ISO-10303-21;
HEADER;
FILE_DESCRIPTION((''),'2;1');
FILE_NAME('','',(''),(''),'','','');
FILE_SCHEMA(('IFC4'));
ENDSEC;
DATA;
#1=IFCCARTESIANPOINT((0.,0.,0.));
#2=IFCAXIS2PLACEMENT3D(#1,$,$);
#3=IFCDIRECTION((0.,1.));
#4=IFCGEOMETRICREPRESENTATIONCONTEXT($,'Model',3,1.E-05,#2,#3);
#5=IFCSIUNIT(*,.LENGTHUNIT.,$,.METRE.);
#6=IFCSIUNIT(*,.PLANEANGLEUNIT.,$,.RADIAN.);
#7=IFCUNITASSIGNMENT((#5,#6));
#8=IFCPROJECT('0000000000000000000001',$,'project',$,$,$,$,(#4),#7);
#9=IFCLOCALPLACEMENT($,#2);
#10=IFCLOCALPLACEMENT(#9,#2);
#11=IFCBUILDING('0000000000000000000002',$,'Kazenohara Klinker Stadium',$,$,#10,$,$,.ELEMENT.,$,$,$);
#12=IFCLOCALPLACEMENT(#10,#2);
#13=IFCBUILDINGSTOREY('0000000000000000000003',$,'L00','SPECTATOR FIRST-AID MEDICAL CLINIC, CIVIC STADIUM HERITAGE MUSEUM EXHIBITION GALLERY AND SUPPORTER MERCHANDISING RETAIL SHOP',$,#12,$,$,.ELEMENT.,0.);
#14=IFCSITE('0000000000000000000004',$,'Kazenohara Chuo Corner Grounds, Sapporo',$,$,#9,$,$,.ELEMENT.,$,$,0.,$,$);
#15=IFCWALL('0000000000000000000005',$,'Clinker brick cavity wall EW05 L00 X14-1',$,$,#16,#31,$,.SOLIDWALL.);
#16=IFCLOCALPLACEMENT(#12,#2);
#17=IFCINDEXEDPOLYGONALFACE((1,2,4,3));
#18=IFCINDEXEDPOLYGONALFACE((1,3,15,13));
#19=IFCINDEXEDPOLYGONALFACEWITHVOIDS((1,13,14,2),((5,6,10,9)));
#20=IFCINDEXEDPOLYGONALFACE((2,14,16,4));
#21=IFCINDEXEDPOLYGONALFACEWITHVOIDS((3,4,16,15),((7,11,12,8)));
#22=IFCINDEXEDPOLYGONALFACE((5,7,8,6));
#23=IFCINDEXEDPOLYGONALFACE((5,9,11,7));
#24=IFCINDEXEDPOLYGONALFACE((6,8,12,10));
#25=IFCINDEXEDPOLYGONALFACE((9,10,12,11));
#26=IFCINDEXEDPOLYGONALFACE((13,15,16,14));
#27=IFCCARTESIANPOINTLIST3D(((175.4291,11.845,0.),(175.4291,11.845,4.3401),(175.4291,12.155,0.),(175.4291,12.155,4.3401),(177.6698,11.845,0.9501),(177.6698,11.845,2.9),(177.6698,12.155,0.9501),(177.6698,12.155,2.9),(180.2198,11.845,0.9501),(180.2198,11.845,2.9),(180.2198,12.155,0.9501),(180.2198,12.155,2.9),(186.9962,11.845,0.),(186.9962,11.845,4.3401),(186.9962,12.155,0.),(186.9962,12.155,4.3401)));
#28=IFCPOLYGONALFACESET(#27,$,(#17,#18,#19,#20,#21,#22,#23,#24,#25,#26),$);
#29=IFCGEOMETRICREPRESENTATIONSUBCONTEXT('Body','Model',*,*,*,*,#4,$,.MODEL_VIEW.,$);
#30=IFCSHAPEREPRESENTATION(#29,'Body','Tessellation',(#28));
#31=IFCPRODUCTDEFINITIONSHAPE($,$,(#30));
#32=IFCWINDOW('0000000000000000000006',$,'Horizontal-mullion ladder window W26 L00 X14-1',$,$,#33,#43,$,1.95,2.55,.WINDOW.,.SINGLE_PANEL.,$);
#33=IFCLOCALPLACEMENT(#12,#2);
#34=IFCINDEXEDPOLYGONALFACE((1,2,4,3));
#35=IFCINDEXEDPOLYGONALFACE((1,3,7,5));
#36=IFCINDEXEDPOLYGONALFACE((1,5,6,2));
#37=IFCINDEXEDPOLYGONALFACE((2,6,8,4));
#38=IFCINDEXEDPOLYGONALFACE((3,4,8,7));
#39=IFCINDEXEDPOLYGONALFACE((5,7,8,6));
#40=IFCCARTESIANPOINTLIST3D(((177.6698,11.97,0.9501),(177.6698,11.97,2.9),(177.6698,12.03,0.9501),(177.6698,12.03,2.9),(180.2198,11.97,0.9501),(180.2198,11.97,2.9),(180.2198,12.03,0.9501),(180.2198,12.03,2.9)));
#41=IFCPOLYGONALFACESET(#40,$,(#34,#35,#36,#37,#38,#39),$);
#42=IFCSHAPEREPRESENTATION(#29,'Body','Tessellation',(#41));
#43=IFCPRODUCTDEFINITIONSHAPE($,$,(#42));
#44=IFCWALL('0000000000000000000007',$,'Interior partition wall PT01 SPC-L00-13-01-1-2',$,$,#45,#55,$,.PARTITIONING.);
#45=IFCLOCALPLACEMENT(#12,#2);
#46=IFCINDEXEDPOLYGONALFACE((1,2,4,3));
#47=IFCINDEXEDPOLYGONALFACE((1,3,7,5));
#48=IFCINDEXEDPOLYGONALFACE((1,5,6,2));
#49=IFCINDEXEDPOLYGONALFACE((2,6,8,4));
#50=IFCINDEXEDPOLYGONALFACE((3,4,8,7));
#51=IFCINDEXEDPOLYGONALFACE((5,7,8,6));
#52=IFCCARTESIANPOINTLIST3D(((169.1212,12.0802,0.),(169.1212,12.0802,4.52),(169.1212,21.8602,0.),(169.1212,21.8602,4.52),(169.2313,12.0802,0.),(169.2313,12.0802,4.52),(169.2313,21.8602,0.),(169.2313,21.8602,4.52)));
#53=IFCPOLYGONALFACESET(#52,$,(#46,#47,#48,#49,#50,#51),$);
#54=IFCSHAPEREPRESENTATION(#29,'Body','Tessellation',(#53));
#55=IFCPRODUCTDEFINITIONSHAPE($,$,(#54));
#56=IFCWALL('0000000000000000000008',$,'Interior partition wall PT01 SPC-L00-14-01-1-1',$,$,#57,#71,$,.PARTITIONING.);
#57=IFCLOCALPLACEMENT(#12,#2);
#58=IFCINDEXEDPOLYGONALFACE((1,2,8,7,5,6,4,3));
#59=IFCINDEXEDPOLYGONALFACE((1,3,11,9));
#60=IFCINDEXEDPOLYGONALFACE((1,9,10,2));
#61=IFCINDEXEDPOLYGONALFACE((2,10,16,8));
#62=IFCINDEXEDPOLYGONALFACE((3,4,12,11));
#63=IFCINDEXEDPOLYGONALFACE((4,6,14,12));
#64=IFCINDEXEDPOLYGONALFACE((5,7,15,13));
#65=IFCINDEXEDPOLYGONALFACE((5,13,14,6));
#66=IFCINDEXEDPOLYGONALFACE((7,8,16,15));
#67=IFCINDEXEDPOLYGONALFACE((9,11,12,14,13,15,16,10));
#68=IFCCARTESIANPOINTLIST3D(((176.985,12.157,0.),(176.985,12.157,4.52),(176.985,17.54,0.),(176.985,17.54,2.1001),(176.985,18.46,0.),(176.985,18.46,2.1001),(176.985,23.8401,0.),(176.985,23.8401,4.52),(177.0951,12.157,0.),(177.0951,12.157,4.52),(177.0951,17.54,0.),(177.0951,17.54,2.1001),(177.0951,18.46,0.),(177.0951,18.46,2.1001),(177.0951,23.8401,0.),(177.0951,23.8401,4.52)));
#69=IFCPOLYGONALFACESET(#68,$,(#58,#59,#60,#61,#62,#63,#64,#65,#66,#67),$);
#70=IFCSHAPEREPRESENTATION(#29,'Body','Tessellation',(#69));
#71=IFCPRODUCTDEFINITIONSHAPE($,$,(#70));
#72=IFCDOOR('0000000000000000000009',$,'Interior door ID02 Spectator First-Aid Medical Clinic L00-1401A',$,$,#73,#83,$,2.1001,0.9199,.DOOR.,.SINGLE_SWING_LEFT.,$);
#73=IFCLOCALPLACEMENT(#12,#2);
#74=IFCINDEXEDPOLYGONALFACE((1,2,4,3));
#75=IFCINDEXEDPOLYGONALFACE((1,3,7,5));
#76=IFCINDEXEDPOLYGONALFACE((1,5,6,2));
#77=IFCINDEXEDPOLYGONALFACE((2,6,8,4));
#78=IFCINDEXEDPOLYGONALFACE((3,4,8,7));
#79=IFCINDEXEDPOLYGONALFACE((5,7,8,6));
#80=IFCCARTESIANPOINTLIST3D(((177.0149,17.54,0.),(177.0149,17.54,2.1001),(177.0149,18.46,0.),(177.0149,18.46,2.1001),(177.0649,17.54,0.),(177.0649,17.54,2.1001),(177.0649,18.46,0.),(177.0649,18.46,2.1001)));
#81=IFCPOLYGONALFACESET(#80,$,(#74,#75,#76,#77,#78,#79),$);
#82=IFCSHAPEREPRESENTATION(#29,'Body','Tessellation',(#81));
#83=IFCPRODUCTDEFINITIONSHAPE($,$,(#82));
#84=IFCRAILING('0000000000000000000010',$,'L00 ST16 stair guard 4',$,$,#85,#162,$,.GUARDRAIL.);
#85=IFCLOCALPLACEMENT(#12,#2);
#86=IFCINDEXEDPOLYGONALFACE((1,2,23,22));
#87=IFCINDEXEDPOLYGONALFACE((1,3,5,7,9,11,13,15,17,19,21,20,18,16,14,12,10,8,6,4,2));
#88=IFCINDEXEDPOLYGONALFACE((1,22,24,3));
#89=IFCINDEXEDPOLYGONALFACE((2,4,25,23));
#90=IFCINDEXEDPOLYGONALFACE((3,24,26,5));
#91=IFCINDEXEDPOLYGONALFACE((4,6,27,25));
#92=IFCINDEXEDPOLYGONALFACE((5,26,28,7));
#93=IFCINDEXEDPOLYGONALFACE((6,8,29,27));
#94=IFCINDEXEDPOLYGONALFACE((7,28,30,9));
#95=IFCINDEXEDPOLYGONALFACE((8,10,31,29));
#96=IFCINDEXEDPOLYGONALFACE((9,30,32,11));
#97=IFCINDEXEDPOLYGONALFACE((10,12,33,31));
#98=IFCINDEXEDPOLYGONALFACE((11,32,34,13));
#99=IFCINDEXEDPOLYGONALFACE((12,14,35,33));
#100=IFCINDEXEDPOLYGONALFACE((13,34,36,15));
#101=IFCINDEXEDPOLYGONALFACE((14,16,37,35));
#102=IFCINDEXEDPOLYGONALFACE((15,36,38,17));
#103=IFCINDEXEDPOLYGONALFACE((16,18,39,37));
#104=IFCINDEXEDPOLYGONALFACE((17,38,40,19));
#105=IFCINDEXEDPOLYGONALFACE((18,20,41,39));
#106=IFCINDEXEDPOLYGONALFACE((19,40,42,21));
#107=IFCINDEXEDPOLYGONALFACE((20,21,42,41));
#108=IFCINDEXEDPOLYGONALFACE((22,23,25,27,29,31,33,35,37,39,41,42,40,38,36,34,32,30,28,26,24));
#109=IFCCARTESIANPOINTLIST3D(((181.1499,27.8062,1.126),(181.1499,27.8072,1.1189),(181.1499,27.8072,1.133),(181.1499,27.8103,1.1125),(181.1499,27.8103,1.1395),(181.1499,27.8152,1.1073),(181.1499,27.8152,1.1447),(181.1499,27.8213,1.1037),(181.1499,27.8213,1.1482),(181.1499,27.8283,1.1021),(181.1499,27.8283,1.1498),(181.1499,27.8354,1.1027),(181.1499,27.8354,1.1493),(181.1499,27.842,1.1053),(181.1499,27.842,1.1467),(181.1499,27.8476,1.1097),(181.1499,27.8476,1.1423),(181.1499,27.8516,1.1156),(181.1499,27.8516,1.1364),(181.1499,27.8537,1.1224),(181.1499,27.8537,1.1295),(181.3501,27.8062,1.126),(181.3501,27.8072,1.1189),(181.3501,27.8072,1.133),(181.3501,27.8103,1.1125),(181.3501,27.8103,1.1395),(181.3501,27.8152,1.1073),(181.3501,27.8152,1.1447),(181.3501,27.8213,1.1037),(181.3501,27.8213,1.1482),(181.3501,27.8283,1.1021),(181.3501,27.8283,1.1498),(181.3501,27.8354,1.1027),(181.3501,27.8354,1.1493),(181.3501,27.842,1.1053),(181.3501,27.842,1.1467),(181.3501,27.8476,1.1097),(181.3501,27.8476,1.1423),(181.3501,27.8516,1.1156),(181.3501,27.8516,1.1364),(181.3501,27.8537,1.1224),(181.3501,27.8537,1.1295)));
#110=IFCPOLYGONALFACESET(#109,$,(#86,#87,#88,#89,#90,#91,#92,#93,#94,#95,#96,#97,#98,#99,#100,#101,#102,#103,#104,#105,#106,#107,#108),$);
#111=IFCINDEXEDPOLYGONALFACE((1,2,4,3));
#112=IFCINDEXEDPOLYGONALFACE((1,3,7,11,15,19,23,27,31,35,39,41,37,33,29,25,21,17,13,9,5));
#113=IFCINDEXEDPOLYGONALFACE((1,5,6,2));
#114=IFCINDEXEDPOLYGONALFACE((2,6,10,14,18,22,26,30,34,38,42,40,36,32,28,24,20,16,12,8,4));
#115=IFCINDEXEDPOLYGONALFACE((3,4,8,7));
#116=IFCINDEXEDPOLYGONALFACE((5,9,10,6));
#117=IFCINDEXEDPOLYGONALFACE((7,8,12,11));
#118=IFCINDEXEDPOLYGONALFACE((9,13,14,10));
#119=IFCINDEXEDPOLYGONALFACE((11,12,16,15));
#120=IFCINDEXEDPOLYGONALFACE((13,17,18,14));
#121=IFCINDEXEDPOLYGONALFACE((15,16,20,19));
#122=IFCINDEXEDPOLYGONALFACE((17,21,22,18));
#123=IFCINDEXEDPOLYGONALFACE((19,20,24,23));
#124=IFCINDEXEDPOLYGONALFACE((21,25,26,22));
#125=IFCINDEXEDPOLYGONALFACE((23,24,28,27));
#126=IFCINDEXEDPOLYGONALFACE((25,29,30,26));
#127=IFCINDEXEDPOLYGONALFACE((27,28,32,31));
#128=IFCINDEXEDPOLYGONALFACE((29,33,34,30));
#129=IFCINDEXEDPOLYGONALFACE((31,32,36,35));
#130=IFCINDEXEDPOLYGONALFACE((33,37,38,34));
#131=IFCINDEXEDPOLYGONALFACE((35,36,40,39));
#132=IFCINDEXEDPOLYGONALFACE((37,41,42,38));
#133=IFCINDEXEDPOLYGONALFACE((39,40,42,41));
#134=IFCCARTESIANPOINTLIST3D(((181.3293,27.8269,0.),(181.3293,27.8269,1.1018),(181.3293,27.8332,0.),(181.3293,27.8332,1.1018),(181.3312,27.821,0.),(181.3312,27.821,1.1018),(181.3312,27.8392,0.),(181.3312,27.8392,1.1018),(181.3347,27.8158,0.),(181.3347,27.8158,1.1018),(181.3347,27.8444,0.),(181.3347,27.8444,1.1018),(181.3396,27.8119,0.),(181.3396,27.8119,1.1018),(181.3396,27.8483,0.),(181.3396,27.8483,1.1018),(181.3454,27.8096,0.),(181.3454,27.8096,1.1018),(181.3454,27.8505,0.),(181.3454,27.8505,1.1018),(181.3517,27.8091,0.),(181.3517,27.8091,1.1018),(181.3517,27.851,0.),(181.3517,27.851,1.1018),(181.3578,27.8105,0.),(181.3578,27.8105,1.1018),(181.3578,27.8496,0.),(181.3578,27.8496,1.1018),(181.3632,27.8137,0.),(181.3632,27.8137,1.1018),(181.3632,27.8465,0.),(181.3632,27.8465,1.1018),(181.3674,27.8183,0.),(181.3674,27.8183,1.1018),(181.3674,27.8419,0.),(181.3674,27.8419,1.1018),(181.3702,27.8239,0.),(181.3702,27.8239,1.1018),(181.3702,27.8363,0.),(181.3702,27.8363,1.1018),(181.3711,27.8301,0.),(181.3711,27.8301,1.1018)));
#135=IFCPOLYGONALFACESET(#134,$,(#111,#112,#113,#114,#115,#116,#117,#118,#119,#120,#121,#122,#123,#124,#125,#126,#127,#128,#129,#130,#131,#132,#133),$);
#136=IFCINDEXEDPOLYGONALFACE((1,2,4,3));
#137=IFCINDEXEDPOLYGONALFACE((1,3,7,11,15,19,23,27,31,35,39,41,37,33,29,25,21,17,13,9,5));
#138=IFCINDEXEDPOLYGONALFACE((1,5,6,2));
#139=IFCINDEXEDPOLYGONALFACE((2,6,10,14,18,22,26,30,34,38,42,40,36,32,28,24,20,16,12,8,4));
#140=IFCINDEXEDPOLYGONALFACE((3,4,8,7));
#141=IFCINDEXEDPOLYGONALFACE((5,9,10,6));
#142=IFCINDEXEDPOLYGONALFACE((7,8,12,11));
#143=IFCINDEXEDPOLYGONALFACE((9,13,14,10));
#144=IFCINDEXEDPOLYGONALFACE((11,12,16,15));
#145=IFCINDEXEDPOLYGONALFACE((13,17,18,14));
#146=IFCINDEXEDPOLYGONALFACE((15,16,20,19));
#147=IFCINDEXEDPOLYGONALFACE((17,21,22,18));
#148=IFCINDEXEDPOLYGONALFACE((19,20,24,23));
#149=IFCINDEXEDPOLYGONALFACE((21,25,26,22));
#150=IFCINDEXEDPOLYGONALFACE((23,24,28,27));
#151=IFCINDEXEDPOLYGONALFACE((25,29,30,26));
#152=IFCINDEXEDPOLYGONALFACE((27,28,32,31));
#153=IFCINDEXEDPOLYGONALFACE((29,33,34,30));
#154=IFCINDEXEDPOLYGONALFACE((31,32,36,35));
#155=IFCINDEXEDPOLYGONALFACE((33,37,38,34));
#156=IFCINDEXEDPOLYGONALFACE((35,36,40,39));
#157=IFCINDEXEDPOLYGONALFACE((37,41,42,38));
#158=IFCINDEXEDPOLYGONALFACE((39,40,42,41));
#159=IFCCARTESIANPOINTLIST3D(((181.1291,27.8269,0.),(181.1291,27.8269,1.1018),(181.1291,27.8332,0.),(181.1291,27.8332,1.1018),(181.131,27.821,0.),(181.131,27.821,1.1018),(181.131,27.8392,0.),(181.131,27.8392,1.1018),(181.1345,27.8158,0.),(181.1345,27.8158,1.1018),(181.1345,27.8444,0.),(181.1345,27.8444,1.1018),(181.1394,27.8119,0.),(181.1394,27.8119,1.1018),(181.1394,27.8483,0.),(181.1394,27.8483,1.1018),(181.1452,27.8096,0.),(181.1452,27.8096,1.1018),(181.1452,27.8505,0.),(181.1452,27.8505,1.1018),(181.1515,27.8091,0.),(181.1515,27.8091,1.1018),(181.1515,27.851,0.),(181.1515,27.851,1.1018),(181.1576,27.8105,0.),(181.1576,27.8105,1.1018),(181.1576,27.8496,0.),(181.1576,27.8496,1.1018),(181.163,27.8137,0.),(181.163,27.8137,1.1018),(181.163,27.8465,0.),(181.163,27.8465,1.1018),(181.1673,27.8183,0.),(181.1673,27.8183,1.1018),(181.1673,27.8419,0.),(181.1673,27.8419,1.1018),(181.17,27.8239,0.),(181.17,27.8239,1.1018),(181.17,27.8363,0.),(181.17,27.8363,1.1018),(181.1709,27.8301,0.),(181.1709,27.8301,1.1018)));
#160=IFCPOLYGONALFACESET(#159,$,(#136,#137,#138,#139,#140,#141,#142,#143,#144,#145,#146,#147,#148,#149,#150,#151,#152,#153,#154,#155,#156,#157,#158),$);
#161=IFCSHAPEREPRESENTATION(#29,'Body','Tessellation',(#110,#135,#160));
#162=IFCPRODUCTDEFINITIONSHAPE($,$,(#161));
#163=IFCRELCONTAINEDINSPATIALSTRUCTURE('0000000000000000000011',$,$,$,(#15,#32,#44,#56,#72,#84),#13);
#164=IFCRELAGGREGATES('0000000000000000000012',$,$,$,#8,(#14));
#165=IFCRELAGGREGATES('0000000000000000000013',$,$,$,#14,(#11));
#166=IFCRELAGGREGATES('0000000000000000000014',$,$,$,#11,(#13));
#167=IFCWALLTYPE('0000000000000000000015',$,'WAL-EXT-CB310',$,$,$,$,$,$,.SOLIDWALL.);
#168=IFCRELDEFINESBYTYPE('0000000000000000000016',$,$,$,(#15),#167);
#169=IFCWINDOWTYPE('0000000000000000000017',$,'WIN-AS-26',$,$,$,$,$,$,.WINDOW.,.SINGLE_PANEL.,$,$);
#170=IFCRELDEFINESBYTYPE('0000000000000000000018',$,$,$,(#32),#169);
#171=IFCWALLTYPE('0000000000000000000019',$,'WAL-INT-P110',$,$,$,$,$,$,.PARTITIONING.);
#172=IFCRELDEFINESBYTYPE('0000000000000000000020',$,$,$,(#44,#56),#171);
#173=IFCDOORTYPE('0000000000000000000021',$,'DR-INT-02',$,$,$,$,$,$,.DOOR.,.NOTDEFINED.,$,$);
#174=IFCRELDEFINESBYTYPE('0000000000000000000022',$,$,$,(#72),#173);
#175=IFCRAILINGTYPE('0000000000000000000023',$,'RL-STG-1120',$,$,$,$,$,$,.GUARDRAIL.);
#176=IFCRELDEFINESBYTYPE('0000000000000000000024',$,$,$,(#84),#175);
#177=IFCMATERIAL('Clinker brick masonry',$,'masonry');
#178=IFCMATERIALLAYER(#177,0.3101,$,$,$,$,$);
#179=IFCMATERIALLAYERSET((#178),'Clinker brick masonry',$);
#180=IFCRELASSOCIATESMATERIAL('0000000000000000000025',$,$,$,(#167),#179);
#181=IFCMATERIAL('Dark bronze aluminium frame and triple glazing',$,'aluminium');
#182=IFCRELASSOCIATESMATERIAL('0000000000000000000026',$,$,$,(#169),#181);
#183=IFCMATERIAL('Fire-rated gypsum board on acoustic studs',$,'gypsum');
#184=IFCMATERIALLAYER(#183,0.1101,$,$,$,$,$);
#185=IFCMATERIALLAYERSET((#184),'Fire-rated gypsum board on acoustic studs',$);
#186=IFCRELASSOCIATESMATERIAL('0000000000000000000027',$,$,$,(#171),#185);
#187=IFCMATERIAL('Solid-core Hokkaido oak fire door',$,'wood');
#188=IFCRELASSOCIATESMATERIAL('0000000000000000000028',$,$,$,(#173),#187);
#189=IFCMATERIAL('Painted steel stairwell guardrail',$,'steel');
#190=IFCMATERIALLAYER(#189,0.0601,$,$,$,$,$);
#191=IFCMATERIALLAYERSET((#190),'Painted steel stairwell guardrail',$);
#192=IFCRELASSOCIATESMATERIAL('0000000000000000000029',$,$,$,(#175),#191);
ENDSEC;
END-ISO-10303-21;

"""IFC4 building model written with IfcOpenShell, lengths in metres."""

from ifc_helpers import new_model, si_unit, direction, frame, frame_2d, origin, origin_2d, place, context, subcontext, project, spatial, rectangle, circle, extrude, material, layer, layer_set, type_object, element, fill, save


model = new_model("IFC4")

# Units and contexts
model_context = context("Model", 3, precision=1e-05, world=origin(), true_north=direction((0.0, 1.0)))
body_context = subcontext(model_context, "Body", "Model", "MODEL_VIEW")
ifc_project = project(units=[si_unit("LENGTHUNIT", "METRE"), si_unit("PLANEANGLEUNIT", "RADIAN")], contexts=[model_context])

# Site, building, storey
site_placement = place(None, origin())
site = spatial("IfcSite", under=ifc_project, at=site_placement, Name="Kazenohara Chuo Corner Grounds, Sapporo", CompositionType="ELEMENT", RefElevation=0.0)
building_placement = place(site_placement, origin())
building = spatial("IfcBuilding", under=site, at=building_placement, Name="Kazenohara Klinker Stadium", CompositionType="ELEMENT")
storey_placement = place(building_placement, origin())
storey = spatial("IfcBuildingStorey", under=building, at=storey_placement, Name="L00", Description="SPECTATOR FIRST-AID MEDICAL CLINIC, CIVIC STADIUM HERITAGE MUSEUM EXHIBITION GALLERY AND SUPPORTER MERCHANDISING RETAIL SHOP", CompositionType="ELEMENT", Elevation=0.0)

# Wall, opening, window
ifc_material_1 = material(Name="Clinker brick masonry", Category="masonry")
ifc_material_2 = material(Name="Dark bronze aluminium frame and triple glazing", Category="aluminium")
ifc_layer_1 = layer(ifc_material_1, 0.3101)
ifc_layer_set_1 = layer_set([ifc_layer_1], Name="Clinker brick masonry")
wall_type_1 = type_object("IfcWallType", Name="WAL-EXT-CB310", PredefinedType="SOLIDWALL", material=ifc_layer_set_1)
wall_1_placement = place(storey_placement, frame((175.429, 12.0, 0.0), z_axis=(0.0, 0.0, 1.0), x_axis=(1.0, 0.0, 0.0)))
wall_1 = element("IfcWall", 1, at=wall_1_placement, inside=storey, type_object=wall_type_1, Name="Clinker brick cavity wall EW05 L00 X14-1", PredefinedType="SOLIDWALL", context=body_context, shape_type="SweptSolid", body=[
    extrude(rectangle(XDim=11.5671, YDim=0.3101, at=frame_2d((5.7837, 0.0))), origin(), (0.0, 0.0, 1.0), 4.3401),
])
opening_1_placement = place(wall_1_placement, frame((2.241, 0.0, 0.95)))
opening_1 = element("IfcOpeningElement", 2, at=opening_1_placement, cuts=wall_1, PredefinedType="OPENING", context=body_context, shape_type="SweptSolid", body=[
    extrude(rectangle(XDim=2.55, YDim=1.95, at=frame_2d((1.2749, 0.9751))), frame((0.0, 0.165, 0.0), z_axis=(0.0, -1.0, 0.0), x_axis=(1.0, 0.0, 0.0)), (0.0, 0.0, 1.0), 0.3301),
])
window_type_1 = type_object("IfcWindowType", Name="WIN-AS-26", PartitioningType="SINGLE_PANEL", PredefinedType="WINDOW", material=ifc_material_2)
window_1_placement = place(opening_1_placement, origin())
window_1 = element("IfcWindow", 3, at=window_1_placement, inside=storey, type_object=window_type_1, Name="Horizontal-mullion ladder window W26 L00 X14-1", OverallHeight=1.95, OverallWidth=2.55, PartitioningType="SINGLE_PANEL", PredefinedType="WINDOW", context=body_context, shape_type="SweptSolid", body=[
    extrude(rectangle(XDim=2.55, YDim=1.95, at=frame_2d((1.2749, 0.9751))), frame((0.0, 0.03, 0.0), z_axis=(0.0, -1.0, 0.0), x_axis=(1.0, 0.0, 0.0)), (0.0, 0.0, 1.0), 0.0601),
])
fill(opening_1, window_1)

# Wall
ifc_material_3 = material(Name="Fire-rated gypsum board on acoustic studs", Category="gypsum")
ifc_layer_2 = layer(ifc_material_3, 0.1101)
ifc_layer_set_2 = layer_set([ifc_layer_2], Name="Fire-rated gypsum board on acoustic studs")
wall_type_2 = type_object("IfcWallType", Name="WAL-INT-P110", PredefinedType="PARTITIONING", material=ifc_layer_set_2)
wall_2_placement = place(storey_placement, frame((169.1763, 12.0801, 0.0), z_axis=(0.0, 0.0, 1.0), x_axis=(0.0, 1.0, 0.0)))
element("IfcWall", 4, at=wall_2_placement, inside=storey, type_object=wall_type_2, Name="Interior partition wall PT01 SPC-L00-13-01-1-2", PredefinedType="PARTITIONING", context=body_context, shape_type="SweptSolid", body=[
    extrude(rectangle(XDim=9.78, YDim=0.1101, at=frame_2d((4.8901, 0.0))), origin(), (0.0, 0.0, 1.0), 4.52),
])

# Wall, opening, door
wall_3_placement = place(storey_placement, frame((177.04, 12.157, 0.0), z_axis=(0.0, 0.0, 1.0), x_axis=(0.0, 1.0, 0.0)))
wall_3 = element("IfcWall", 5, at=wall_3_placement, inside=storey, type_object=wall_type_2, Name="Interior partition wall PT01 SPC-L00-14-01-1-1", PredefinedType="PARTITIONING", context=body_context, shape_type="SweptSolid", body=[
    extrude(rectangle(XDim=11.6831, YDim=0.1101, at=frame_2d((5.8416, 0.0))), origin(), (0.0, 0.0, 1.0), 4.52),
])
opening_2_placement = place(wall_3_placement, frame((6.303, 0.0, 0.0), z_axis=(0.0, 0.0, 1.0), x_axis=(-1.0, 0.0, 0.0)))
opening_2 = element("IfcOpeningElement", 6, at=opening_2_placement, cuts=wall_3, PredefinedType="OPENING", context=body_context, shape_type="SweptSolid", body=[
    extrude(rectangle(XDim=0.9199, YDim=2.1001, at=frame_2d((0.46, 1.05))), frame((0.0, 0.0649, 0.0), z_axis=(0.0, -1.0, 0.0), x_axis=(1.0, 0.0, 0.0)), (0.0, 0.0, 1.0), 0.1301),
])
ifc_material_4 = material(Name="Solid-core Hokkaido oak fire door", Category="wood")
door_type_1 = type_object("IfcDoorType", Name="DR-INT-02", OperationType="NOTDEFINED", PredefinedType="DOOR", material=ifc_material_4)
door_1_placement = place(opening_2_placement, origin())
door_1 = element("IfcDoor", 7, at=door_1_placement, inside=storey, type_object=door_type_1, Name="Interior door ID02 Spectator First-Aid Medical Clinic L00-1401A", OperationType="SINGLE_SWING_LEFT", OverallHeight=2.1001, OverallWidth=0.9199, PredefinedType="DOOR", context=body_context, shape_type="SweptSolid", body=[
    extrude(rectangle(XDim=0.9199, YDim=2.1001, at=frame_2d((0.46, 1.05))), frame((0.0, 0.0249, 0.0), z_axis=(0.0, -1.0, 0.0), x_axis=(1.0, 0.0, 0.0)), (0.0, 0.0, 1.0), 0.05),
])
fill(opening_2, door_1)

# Railing
ifc_material_5 = material(Name="Painted steel stairwell guardrail", Category="steel")
ifc_layer_3 = layer(ifc_material_5, 0.0601)
ifc_layer_set_3 = layer_set([ifc_layer_3], Name="Painted steel stairwell guardrail")
railing_type = type_object("IfcRailingType", Name="RL-STG-1120", PredefinedType="GUARDRAIL", material=ifc_layer_set_3)
railing_placement = place(storey_placement, frame((181.3501, 27.8301, 0.0)))
element("IfcRailing", 8, at=railing_placement, inside=storey, type_object=railing_type, Name="L00 ST16 stair guard 4", PredefinedType="GUARDRAIL", context=body_context, shape_type="SweptSolid", body=[
    extrude(circle(Radius=0.0239, at=origin_2d()), frame((0.0, 0.0, 1.126), z_axis=(-1.0, 0.0, 0.0), x_axis=(0.0, -1.0, 0.0)), (0.0, 0.0, 1.0), 0.2002),
    extrude(circle(Radius=0.021, at=origin_2d()), origin(), (0.0, 0.0, 1.0), 1.1018),
    extrude(circle(Radius=0.021, at=origin_2d()), frame((-0.2002, 0.0, 0.0)), (0.0, 0.0, 1.0), 1.1018),
])

save(model, "model.ifc")
